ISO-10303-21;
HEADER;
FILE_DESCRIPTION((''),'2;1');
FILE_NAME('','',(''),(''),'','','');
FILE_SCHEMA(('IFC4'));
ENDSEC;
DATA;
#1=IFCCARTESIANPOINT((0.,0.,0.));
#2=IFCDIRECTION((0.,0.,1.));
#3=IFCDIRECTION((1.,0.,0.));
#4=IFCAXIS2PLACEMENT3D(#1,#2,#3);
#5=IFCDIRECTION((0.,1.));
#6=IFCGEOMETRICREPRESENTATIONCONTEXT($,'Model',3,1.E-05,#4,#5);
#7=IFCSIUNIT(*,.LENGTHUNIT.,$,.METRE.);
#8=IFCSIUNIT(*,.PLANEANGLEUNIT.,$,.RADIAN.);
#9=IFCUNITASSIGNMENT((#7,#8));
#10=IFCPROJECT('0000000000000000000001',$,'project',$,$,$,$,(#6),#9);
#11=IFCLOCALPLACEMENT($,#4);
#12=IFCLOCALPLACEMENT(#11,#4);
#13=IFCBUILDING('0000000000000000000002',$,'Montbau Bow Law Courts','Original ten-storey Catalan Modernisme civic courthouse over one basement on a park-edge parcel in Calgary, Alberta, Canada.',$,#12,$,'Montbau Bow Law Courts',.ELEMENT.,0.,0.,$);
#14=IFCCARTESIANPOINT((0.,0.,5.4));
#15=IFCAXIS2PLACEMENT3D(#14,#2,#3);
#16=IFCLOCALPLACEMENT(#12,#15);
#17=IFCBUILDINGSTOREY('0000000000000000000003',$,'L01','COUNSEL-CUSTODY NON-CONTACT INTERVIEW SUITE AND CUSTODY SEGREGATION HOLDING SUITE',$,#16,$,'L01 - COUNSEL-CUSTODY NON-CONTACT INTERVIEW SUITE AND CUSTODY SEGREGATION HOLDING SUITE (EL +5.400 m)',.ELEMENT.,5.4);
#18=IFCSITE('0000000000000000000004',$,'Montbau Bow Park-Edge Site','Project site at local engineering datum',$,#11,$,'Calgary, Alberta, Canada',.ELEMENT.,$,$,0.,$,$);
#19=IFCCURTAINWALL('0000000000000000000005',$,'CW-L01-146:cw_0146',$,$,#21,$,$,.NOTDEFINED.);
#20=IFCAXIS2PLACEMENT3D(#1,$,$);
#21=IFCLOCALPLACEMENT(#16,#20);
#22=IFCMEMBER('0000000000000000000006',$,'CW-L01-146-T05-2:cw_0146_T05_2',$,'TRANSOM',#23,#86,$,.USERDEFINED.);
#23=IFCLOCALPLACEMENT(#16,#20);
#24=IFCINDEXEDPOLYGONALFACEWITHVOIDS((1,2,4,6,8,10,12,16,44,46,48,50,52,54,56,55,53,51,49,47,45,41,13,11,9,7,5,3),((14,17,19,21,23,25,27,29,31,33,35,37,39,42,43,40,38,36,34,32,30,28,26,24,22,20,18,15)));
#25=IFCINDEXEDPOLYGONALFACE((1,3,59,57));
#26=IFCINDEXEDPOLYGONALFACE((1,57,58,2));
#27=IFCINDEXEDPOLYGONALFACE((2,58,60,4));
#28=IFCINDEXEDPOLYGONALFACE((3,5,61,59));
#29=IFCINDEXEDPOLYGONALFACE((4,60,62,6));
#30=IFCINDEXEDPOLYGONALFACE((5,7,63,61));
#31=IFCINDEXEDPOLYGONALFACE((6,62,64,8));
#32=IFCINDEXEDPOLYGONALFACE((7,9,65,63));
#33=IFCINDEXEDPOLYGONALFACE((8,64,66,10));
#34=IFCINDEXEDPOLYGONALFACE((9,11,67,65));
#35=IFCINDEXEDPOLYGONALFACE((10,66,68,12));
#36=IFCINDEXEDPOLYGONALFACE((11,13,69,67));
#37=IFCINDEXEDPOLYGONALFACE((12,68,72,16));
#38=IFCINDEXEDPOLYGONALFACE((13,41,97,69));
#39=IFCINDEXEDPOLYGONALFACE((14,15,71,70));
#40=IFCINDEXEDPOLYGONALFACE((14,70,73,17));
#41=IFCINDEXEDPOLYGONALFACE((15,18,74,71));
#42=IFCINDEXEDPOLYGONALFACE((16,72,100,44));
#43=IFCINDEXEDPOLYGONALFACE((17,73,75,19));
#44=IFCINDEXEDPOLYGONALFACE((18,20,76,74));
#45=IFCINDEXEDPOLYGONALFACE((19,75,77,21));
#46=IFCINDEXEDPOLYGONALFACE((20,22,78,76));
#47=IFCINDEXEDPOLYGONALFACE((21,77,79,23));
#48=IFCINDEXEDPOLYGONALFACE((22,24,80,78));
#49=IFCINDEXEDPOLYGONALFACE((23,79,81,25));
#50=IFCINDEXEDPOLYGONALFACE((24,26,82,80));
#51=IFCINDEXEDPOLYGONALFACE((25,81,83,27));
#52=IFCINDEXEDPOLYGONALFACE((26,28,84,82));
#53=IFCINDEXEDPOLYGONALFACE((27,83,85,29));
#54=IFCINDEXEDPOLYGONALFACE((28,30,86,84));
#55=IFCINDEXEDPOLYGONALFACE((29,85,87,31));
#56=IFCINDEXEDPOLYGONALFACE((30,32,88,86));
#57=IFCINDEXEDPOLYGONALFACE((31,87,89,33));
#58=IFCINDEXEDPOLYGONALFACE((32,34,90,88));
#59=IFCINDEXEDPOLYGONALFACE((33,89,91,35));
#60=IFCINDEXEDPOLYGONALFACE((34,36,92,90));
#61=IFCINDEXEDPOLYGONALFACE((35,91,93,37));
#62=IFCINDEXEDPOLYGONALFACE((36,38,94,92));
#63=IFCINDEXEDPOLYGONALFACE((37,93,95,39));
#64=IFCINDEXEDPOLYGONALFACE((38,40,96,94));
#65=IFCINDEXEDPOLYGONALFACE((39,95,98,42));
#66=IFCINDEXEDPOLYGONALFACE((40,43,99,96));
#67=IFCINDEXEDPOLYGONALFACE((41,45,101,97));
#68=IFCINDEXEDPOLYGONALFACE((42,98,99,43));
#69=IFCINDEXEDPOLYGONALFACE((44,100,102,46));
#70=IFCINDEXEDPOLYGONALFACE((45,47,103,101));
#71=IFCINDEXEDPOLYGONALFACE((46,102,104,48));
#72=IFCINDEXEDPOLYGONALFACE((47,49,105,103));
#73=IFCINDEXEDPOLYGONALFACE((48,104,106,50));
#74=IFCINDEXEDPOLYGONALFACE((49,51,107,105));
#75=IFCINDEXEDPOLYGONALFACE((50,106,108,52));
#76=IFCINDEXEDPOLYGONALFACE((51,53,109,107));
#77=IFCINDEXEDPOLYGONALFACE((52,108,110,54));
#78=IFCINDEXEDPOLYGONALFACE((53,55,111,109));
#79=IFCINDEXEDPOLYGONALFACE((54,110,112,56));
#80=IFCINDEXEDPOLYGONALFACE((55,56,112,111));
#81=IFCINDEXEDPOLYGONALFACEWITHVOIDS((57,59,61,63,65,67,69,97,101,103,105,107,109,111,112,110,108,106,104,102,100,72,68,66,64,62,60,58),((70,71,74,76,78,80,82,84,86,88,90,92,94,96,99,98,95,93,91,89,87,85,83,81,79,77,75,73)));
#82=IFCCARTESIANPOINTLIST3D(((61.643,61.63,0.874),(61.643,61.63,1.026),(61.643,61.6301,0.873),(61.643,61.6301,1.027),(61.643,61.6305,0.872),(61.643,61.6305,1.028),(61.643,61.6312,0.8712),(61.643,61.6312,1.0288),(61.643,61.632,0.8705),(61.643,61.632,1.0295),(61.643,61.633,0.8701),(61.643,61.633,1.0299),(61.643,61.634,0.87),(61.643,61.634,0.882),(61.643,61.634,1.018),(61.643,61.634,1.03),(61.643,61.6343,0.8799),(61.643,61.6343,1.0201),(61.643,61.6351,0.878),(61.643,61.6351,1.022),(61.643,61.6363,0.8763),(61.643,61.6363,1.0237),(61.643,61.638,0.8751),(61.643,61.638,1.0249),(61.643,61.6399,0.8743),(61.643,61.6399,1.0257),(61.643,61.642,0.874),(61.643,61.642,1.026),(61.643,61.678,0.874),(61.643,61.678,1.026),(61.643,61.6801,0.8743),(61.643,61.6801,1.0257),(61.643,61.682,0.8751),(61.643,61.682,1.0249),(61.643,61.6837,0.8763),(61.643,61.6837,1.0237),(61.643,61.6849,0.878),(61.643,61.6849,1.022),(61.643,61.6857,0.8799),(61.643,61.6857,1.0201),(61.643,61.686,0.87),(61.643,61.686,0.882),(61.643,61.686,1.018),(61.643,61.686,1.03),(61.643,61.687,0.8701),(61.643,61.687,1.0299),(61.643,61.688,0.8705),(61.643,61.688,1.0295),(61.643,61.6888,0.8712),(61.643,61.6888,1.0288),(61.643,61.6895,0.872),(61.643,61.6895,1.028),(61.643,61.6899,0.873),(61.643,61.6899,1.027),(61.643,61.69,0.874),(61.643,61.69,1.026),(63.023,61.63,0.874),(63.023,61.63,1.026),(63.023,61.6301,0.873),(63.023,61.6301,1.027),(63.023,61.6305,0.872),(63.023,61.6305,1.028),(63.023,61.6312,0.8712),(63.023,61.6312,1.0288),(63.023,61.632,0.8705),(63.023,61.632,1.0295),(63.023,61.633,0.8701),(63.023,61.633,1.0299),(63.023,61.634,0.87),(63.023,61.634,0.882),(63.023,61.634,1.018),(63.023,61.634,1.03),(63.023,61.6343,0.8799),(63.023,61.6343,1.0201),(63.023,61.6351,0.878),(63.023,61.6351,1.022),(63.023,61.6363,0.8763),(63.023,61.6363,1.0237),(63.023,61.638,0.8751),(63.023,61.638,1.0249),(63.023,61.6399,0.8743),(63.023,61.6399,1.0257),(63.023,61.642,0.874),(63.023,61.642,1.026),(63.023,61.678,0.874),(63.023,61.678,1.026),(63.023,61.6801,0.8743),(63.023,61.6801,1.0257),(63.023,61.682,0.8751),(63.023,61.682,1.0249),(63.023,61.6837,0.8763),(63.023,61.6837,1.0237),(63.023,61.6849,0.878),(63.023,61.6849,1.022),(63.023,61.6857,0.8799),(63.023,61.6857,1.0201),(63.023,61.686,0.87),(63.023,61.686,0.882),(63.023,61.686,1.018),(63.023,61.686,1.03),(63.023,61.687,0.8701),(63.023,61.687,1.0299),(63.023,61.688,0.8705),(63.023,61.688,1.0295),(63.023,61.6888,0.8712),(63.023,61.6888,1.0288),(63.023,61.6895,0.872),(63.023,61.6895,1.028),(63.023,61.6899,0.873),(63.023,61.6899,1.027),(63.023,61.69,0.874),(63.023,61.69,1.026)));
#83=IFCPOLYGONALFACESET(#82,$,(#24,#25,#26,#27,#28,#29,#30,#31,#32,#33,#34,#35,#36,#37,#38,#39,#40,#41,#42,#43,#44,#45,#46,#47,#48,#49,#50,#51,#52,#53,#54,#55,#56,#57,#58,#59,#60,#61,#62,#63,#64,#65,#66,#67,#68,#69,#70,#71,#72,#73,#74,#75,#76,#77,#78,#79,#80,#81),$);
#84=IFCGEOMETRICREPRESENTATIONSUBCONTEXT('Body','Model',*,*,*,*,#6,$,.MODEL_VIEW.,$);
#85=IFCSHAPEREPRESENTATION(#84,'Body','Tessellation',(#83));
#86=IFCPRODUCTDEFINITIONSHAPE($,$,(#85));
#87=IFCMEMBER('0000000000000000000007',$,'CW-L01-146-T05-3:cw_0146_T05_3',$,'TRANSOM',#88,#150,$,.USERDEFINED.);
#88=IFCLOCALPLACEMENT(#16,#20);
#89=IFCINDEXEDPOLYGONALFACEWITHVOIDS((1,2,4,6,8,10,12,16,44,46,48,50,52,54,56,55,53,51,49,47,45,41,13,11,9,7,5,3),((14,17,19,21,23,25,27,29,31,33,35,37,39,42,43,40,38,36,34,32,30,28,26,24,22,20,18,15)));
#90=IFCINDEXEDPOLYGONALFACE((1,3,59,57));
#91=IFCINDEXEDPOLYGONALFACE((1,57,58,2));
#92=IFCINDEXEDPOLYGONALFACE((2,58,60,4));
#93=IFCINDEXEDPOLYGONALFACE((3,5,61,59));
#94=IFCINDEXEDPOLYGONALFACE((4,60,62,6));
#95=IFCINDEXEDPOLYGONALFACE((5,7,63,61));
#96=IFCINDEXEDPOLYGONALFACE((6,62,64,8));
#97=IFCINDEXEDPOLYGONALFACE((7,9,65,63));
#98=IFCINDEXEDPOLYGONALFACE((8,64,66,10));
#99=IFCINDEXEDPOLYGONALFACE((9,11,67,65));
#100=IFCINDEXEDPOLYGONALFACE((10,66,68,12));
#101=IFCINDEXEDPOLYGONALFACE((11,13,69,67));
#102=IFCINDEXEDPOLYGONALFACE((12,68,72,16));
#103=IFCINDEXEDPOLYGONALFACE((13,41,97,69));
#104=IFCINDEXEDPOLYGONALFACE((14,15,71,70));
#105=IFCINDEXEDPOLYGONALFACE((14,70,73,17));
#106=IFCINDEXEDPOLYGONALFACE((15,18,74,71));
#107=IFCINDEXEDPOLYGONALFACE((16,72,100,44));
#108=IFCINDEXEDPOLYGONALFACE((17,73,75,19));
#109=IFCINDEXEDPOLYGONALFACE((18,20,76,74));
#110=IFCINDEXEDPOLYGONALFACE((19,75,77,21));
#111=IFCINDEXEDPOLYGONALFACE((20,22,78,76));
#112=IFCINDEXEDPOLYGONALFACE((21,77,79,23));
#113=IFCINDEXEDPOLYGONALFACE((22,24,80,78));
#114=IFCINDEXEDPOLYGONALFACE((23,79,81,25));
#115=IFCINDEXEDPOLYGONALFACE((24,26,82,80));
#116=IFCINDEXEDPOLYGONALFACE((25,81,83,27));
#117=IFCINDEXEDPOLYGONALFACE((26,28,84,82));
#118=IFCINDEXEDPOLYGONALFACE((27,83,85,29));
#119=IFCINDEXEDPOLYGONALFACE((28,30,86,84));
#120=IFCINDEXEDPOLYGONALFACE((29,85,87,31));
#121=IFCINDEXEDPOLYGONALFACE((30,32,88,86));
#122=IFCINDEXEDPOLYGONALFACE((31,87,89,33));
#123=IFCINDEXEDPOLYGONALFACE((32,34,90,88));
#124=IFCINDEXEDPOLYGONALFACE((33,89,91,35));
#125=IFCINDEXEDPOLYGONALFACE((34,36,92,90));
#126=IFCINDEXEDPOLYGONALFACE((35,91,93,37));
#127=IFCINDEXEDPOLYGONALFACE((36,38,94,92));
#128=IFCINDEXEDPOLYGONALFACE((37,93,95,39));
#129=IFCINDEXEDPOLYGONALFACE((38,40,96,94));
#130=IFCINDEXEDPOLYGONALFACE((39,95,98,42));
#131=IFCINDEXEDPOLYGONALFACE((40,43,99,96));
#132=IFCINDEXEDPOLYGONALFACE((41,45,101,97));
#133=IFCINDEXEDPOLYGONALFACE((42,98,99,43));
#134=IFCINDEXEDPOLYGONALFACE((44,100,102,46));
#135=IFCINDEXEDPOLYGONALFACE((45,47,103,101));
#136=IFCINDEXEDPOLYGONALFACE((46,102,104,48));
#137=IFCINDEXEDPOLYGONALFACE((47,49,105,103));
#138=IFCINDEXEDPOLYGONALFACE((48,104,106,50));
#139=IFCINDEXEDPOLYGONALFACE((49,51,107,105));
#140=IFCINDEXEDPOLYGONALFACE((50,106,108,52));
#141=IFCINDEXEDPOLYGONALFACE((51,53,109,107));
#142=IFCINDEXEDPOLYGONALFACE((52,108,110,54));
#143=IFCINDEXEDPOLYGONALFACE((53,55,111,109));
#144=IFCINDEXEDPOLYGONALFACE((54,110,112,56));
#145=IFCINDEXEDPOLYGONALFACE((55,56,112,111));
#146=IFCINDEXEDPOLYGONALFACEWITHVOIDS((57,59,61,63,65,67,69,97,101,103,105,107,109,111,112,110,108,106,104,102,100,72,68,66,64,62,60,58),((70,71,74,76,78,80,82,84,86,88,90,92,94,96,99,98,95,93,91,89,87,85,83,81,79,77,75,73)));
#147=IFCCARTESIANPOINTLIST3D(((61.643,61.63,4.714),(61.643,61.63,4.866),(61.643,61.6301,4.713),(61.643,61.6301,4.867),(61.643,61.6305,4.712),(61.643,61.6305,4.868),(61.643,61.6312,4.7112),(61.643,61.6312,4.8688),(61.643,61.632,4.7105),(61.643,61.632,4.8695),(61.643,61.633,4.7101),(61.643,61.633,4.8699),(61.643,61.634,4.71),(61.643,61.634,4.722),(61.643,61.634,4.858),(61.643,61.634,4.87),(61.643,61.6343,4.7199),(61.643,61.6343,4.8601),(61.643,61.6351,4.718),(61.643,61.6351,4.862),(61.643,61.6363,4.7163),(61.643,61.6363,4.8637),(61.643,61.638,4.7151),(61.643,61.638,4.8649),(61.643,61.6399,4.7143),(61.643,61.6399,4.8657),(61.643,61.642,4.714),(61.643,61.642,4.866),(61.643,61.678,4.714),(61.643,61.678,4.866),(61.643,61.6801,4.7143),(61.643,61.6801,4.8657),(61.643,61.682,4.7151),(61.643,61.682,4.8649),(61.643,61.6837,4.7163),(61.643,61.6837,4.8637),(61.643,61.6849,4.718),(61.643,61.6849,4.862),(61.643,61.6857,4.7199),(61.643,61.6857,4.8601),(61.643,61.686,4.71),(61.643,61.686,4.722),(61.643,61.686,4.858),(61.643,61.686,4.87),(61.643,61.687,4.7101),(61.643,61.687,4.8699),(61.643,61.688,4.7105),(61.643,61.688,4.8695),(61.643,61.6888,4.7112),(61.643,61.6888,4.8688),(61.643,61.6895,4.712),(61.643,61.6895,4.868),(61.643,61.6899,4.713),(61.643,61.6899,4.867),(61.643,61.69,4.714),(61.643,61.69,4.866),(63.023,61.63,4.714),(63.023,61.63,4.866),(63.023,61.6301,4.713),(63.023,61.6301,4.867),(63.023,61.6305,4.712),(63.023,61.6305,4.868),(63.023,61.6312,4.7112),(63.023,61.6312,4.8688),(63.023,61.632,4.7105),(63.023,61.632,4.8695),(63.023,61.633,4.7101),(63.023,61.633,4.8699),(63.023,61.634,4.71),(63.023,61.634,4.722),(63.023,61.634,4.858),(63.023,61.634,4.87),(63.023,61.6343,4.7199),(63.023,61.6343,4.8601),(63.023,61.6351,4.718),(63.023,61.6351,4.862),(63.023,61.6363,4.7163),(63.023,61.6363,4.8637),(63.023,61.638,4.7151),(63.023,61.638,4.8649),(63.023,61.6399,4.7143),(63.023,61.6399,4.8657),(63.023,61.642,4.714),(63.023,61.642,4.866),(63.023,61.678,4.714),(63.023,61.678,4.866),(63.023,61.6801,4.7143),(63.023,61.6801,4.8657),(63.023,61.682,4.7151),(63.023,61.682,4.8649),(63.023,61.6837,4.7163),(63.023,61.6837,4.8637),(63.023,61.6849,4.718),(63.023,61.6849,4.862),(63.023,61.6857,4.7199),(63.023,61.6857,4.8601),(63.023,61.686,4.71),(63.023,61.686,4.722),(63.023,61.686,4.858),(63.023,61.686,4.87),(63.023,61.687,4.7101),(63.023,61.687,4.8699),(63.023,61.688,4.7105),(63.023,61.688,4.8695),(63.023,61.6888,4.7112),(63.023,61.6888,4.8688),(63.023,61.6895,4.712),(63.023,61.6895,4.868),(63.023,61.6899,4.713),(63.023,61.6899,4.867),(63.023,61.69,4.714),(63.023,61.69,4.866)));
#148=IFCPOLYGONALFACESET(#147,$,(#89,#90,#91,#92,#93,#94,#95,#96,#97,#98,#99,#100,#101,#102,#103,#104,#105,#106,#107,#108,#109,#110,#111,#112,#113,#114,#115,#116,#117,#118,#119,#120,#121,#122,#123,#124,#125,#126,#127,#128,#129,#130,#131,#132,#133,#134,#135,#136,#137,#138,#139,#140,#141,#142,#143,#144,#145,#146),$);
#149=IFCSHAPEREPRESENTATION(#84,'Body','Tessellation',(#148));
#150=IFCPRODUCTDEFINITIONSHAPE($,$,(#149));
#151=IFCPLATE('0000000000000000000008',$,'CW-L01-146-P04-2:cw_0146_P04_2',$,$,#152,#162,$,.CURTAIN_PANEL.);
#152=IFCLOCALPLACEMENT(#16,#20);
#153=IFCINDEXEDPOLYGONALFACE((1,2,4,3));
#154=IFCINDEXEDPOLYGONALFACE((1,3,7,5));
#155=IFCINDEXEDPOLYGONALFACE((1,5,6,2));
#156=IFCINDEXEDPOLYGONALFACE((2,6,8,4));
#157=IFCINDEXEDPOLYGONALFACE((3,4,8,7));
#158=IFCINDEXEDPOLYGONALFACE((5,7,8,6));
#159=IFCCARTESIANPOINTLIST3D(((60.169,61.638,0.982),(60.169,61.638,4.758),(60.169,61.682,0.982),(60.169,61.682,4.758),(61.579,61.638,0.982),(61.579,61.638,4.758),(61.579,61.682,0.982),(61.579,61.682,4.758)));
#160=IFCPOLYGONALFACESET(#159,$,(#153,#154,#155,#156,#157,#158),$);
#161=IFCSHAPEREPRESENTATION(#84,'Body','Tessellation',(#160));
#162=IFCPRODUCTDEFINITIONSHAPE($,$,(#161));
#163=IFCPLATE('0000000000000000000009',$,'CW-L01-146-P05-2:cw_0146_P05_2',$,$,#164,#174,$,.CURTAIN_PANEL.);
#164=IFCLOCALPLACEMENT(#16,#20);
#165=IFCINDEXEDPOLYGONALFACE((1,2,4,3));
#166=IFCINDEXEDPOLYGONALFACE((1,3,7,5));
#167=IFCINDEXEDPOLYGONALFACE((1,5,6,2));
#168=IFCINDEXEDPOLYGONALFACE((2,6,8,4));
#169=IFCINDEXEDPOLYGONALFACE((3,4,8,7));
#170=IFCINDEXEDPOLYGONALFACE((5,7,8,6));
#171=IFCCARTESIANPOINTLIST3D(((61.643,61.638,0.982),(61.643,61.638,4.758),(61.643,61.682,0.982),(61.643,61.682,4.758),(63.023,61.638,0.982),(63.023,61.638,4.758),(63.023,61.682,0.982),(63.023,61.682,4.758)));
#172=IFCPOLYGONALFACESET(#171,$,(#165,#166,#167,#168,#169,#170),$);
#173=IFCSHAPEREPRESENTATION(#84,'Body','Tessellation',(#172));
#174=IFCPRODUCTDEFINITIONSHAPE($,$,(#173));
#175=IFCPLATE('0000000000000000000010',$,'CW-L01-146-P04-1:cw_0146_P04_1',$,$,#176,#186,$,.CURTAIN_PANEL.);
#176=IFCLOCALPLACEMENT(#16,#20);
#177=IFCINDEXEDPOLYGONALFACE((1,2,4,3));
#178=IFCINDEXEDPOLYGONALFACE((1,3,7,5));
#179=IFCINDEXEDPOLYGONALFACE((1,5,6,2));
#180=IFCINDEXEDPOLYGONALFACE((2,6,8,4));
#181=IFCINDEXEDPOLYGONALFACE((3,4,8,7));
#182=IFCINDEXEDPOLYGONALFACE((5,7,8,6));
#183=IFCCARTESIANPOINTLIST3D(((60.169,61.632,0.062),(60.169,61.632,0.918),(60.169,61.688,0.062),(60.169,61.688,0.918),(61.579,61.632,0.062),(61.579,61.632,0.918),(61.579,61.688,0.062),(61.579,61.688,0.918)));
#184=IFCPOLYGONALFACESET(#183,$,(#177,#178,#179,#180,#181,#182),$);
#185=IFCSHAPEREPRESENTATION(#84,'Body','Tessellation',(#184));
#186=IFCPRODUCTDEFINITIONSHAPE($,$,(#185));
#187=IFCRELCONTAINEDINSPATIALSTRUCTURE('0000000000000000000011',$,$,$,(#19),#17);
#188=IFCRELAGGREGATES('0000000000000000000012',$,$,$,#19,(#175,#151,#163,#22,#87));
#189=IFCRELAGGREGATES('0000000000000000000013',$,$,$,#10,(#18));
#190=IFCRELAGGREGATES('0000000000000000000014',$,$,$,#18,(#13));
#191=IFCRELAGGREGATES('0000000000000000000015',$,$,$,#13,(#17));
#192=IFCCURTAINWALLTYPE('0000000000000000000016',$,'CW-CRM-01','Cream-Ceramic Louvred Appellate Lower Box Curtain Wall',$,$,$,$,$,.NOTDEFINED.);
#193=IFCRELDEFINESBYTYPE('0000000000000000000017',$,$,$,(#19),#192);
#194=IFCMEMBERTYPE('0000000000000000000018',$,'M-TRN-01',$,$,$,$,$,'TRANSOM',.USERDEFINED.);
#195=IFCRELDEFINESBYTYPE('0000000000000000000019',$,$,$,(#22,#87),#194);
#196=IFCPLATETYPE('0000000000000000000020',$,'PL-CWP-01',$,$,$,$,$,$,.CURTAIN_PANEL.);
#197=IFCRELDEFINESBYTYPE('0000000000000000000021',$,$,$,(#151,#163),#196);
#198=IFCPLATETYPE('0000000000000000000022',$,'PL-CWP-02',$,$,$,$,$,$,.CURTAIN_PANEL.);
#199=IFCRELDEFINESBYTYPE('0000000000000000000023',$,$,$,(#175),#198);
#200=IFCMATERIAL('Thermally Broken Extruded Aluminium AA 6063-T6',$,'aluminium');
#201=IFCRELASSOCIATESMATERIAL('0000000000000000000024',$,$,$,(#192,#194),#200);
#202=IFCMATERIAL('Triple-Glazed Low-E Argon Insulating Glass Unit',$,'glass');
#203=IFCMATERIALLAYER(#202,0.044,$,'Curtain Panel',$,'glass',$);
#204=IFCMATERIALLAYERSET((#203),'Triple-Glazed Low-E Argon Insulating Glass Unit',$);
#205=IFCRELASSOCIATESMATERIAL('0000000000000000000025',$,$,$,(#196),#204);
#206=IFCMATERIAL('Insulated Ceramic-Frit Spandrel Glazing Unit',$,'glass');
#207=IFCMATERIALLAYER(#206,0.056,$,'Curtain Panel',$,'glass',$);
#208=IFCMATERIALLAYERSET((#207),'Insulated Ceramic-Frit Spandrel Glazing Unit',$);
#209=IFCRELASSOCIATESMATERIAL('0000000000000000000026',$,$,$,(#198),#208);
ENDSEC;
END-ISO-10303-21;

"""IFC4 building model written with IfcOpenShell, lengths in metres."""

from ifc_helpers import new_model, si_unit, direction, frame, frame_2d, origin_with_axes, origin_2d_with_axis, place, context, subcontext, project, spatial, rectangle, hollow_rectangle, extrude, material, layer, layer_set, material_profile, profile_set, type_object, element, aggregate, save


model = new_model("IFC4")

# Units and contexts
model_context = context("Model", 3, precision=1e-05, world=origin_with_axes(), true_north=direction((0.0, 1.0)))
body_context = subcontext(model_context, "Body", "Model", "MODEL_VIEW")
ifc_project = project(units=[si_unit("LENGTHUNIT", "METRE"), si_unit("PLANEANGLEUNIT", "RADIAN")], contexts=[model_context])

# Site, building, storey
site_placement = place(None, origin_with_axes())
site = spatial("IfcSite", under=ifc_project, at=site_placement, Name="Montbau Bow Park-Edge Site", Description="Project site at local engineering datum", LongName="Calgary, Alberta, Canada", CompositionType="ELEMENT", RefElevation=0.0)
building_placement = place(site_placement, origin_with_axes())
building = spatial("IfcBuilding", under=site, at=building_placement, Name="Montbau Bow Law Courts", Description="Original ten-storey Catalan Modernisme civic courthouse over one basement on a park-edge parcel in Calgary, Alberta, Canada.", LongName="Montbau Bow Law Courts", CompositionType="ELEMENT", ElevationOfRefHeight=0.0, ElevationOfTerrain=0.0)
storey_placement = place(building_placement, frame((0.0, 0.0, 5.4), z_axis=(0.0, 0.0, 1.0), x_axis=(1.0, 0.0, 0.0)))
storey = spatial("IfcBuildingStorey", under=building, at=storey_placement, Name="L01", Description="COUNSEL-CUSTODY NON-CONTACT INTERVIEW SUITE AND CUSTODY SEGREGATION HOLDING SUITE", LongName="L01 - COUNSEL-CUSTODY NON-CONTACT INTERVIEW SUITE AND CUSTODY SEGREGATION HOLDING SUITE (EL +5.400 m)", CompositionType="ELEMENT", Elevation=5.4)

# Shared definitions
ifc_material_1 = material(Name="Thermally Broken Extruded Aluminium AA 6063-T6", Category="aluminium")
curtain_wall_type = type_object("IfcCurtainWallType", Name="CW-CRM-01", Description="Cream-Ceramic Louvred Appellate Lower Box Curtain Wall", PredefinedType="NOTDEFINED", material=ifc_material_1)

# Curtain wall, members, plates
curtain_wall_1_placement = place(None, frame((55.715, 61.66, 5.4), z_axis=(0.0, 0.0, 1.0), x_axis=(1.0, 0.0, 0.0)))
curtain_wall_1 = element("IfcCurtainWall", 1, at=curtain_wall_1_placement, inside=storey, type_object=curtain_wall_type, Name="CW-L01-146:cw_0146", PredefinedType="NOTDEFINED")
ifc_material_profile_1 = material_profile(ifc_material_1, hollow_rectangle(XDim=0.06, YDim=0.16, WallThickness=0.004, InnerFilletRadius=0.008, OuterFilletRadius=0.004, at=origin_2d_with_axis()), Name="CWT-160X60", Category="Main", Priority=0)
ifc_profile_set_1 = profile_set([ifc_material_profile_1], Name="Thermally Broken Extruded Aluminium AA 6063-T6")
member_type_1 = type_object("IfcMemberType", Name="M-TRN-01", ElementType="TRANSOM", PredefinedType="USERDEFINED", material=ifc_profile_set_1)
member_1_placement = place(None, frame((61.643, 61.66, 6.35), z_axis=(1.0, 0.0, 0.0), x_axis=(0.0, 1.0, 0.0)))
member_1 = element("IfcMember", 2, at=member_1_placement, type_object=member_type_1, Name="CW-L01-146-T05-2:cw_0146_T05_2", ObjectType="TRANSOM", PredefinedType="USERDEFINED", context=body_context, shape_type="SweptSolid", body=[
    extrude(hollow_rectangle(XDim=0.06, YDim=0.16, WallThickness=0.004, InnerFilletRadius=0.008, OuterFilletRadius=0.004, at=origin_2d_with_axis()), origin_with_axes(), (0.0, 0.0, 1.0), 1.38),
])
member_2_placement = place(None, frame((61.643, 61.66, 10.19), z_axis=(1.0, 0.0, 0.0), x_axis=(0.0, 1.0, 0.0)))
member_2 = element("IfcMember", 3, at=member_2_placement, type_object=member_type_1, Name="CW-L01-146-T05-3:cw_0146_T05_3", ObjectType="TRANSOM", PredefinedType="USERDEFINED", context=body_context, shape_type="SweptSolid", body=[
    extrude(hollow_rectangle(XDim=0.06, YDim=0.16, WallThickness=0.004, InnerFilletRadius=0.008, OuterFilletRadius=0.004, at=origin_2d_with_axis()), origin_with_axes(), (0.0, 0.0, 1.0), 1.38),
])
ifc_material_2 = material(Name="Triple-Glazed Low-E Argon Insulating Glass Unit", Category="glass")
ifc_layer_1 = layer(ifc_material_2, 0.044, Name="Curtain Panel", Category="glass")
ifc_layer_set_1 = layer_set([ifc_layer_1], Name="Triple-Glazed Low-E Argon Insulating Glass Unit")
plate_type_1 = type_object("IfcPlateType", Name="PL-CWP-01", PredefinedType="CURTAIN_PANEL", material=ifc_layer_set_1)
plate_1_placement = place(None, frame((60.169, 61.66, 6.382), z_axis=(0.0, -1.0, 0.0), x_axis=(1.0, 0.0, 0.0)))
plate_1 = element("IfcPlate", 4, at=plate_1_placement, type_object=plate_type_1, Name="CW-L01-146-P04-2:cw_0146_P04_2", PredefinedType="CURTAIN_PANEL", context=body_context, shape_type="SweptSolid", body=[
    extrude(rectangle(XDim=1.41, YDim=3.776, at=frame_2d((0.705, 1.888), x_axis=(1.0, 0.0))), frame((0.0, 0.0, -0.022), z_axis=(0.0, 0.0, 1.0), x_axis=(1.0, 0.0, 0.0)), (0.0, 0.0, 1.0), 0.044),
])
plate_2_placement = place(None, frame((61.643, 61.66, 6.382), z_axis=(0.0, -1.0, 0.0), x_axis=(1.0, 0.0, 0.0)))
plate_2 = element("IfcPlate", 5, at=plate_2_placement, type_object=plate_type_1, Name="CW-L01-146-P05-2:cw_0146_P05_2", PredefinedType="CURTAIN_PANEL", context=body_context, shape_type="SweptSolid", body=[
    extrude(rectangle(XDim=1.38, YDim=3.776, at=frame_2d((0.69, 1.888), x_axis=(1.0, 0.0))), frame((0.0, 0.0, -0.022), z_axis=(0.0, 0.0, 1.0), x_axis=(1.0, 0.0, 0.0)), (0.0, 0.0, 1.0), 0.044),
])
ifc_material_3 = material(Name="Insulated Ceramic-Frit Spandrel Glazing Unit", Category="glass")
ifc_layer_2 = layer(ifc_material_3, 0.056, Name="Curtain Panel", Category="glass")
ifc_layer_set_2 = layer_set([ifc_layer_2], Name="Insulated Ceramic-Frit Spandrel Glazing Unit")
plate_type_2 = type_object("IfcPlateType", Name="PL-CWP-02", PredefinedType="CURTAIN_PANEL", material=ifc_layer_set_2)
plate_3_placement = place(None, frame((60.169, 61.66, 5.462), z_axis=(0.0, -1.0, 0.0), x_axis=(1.0, 0.0, 0.0)))
plate_3 = element("IfcPlate", 6, at=plate_3_placement, type_object=plate_type_2, Name="CW-L01-146-P04-1:cw_0146_P04_1", PredefinedType="CURTAIN_PANEL", context=body_context, shape_type="SweptSolid", body=[
    extrude(rectangle(XDim=1.41, YDim=0.856, at=frame_2d((0.705, 0.428), x_axis=(1.0, 0.0))), frame((0.0, 0.0, -0.028), z_axis=(0.0, 0.0, 1.0), x_axis=(1.0, 0.0, 0.0)), (0.0, 0.0, 1.0), 0.056),
])
aggregate(curtain_wall_1, [plate_3, plate_1, plate_2, member_1, member_2])

save(model, "model.ifc")
